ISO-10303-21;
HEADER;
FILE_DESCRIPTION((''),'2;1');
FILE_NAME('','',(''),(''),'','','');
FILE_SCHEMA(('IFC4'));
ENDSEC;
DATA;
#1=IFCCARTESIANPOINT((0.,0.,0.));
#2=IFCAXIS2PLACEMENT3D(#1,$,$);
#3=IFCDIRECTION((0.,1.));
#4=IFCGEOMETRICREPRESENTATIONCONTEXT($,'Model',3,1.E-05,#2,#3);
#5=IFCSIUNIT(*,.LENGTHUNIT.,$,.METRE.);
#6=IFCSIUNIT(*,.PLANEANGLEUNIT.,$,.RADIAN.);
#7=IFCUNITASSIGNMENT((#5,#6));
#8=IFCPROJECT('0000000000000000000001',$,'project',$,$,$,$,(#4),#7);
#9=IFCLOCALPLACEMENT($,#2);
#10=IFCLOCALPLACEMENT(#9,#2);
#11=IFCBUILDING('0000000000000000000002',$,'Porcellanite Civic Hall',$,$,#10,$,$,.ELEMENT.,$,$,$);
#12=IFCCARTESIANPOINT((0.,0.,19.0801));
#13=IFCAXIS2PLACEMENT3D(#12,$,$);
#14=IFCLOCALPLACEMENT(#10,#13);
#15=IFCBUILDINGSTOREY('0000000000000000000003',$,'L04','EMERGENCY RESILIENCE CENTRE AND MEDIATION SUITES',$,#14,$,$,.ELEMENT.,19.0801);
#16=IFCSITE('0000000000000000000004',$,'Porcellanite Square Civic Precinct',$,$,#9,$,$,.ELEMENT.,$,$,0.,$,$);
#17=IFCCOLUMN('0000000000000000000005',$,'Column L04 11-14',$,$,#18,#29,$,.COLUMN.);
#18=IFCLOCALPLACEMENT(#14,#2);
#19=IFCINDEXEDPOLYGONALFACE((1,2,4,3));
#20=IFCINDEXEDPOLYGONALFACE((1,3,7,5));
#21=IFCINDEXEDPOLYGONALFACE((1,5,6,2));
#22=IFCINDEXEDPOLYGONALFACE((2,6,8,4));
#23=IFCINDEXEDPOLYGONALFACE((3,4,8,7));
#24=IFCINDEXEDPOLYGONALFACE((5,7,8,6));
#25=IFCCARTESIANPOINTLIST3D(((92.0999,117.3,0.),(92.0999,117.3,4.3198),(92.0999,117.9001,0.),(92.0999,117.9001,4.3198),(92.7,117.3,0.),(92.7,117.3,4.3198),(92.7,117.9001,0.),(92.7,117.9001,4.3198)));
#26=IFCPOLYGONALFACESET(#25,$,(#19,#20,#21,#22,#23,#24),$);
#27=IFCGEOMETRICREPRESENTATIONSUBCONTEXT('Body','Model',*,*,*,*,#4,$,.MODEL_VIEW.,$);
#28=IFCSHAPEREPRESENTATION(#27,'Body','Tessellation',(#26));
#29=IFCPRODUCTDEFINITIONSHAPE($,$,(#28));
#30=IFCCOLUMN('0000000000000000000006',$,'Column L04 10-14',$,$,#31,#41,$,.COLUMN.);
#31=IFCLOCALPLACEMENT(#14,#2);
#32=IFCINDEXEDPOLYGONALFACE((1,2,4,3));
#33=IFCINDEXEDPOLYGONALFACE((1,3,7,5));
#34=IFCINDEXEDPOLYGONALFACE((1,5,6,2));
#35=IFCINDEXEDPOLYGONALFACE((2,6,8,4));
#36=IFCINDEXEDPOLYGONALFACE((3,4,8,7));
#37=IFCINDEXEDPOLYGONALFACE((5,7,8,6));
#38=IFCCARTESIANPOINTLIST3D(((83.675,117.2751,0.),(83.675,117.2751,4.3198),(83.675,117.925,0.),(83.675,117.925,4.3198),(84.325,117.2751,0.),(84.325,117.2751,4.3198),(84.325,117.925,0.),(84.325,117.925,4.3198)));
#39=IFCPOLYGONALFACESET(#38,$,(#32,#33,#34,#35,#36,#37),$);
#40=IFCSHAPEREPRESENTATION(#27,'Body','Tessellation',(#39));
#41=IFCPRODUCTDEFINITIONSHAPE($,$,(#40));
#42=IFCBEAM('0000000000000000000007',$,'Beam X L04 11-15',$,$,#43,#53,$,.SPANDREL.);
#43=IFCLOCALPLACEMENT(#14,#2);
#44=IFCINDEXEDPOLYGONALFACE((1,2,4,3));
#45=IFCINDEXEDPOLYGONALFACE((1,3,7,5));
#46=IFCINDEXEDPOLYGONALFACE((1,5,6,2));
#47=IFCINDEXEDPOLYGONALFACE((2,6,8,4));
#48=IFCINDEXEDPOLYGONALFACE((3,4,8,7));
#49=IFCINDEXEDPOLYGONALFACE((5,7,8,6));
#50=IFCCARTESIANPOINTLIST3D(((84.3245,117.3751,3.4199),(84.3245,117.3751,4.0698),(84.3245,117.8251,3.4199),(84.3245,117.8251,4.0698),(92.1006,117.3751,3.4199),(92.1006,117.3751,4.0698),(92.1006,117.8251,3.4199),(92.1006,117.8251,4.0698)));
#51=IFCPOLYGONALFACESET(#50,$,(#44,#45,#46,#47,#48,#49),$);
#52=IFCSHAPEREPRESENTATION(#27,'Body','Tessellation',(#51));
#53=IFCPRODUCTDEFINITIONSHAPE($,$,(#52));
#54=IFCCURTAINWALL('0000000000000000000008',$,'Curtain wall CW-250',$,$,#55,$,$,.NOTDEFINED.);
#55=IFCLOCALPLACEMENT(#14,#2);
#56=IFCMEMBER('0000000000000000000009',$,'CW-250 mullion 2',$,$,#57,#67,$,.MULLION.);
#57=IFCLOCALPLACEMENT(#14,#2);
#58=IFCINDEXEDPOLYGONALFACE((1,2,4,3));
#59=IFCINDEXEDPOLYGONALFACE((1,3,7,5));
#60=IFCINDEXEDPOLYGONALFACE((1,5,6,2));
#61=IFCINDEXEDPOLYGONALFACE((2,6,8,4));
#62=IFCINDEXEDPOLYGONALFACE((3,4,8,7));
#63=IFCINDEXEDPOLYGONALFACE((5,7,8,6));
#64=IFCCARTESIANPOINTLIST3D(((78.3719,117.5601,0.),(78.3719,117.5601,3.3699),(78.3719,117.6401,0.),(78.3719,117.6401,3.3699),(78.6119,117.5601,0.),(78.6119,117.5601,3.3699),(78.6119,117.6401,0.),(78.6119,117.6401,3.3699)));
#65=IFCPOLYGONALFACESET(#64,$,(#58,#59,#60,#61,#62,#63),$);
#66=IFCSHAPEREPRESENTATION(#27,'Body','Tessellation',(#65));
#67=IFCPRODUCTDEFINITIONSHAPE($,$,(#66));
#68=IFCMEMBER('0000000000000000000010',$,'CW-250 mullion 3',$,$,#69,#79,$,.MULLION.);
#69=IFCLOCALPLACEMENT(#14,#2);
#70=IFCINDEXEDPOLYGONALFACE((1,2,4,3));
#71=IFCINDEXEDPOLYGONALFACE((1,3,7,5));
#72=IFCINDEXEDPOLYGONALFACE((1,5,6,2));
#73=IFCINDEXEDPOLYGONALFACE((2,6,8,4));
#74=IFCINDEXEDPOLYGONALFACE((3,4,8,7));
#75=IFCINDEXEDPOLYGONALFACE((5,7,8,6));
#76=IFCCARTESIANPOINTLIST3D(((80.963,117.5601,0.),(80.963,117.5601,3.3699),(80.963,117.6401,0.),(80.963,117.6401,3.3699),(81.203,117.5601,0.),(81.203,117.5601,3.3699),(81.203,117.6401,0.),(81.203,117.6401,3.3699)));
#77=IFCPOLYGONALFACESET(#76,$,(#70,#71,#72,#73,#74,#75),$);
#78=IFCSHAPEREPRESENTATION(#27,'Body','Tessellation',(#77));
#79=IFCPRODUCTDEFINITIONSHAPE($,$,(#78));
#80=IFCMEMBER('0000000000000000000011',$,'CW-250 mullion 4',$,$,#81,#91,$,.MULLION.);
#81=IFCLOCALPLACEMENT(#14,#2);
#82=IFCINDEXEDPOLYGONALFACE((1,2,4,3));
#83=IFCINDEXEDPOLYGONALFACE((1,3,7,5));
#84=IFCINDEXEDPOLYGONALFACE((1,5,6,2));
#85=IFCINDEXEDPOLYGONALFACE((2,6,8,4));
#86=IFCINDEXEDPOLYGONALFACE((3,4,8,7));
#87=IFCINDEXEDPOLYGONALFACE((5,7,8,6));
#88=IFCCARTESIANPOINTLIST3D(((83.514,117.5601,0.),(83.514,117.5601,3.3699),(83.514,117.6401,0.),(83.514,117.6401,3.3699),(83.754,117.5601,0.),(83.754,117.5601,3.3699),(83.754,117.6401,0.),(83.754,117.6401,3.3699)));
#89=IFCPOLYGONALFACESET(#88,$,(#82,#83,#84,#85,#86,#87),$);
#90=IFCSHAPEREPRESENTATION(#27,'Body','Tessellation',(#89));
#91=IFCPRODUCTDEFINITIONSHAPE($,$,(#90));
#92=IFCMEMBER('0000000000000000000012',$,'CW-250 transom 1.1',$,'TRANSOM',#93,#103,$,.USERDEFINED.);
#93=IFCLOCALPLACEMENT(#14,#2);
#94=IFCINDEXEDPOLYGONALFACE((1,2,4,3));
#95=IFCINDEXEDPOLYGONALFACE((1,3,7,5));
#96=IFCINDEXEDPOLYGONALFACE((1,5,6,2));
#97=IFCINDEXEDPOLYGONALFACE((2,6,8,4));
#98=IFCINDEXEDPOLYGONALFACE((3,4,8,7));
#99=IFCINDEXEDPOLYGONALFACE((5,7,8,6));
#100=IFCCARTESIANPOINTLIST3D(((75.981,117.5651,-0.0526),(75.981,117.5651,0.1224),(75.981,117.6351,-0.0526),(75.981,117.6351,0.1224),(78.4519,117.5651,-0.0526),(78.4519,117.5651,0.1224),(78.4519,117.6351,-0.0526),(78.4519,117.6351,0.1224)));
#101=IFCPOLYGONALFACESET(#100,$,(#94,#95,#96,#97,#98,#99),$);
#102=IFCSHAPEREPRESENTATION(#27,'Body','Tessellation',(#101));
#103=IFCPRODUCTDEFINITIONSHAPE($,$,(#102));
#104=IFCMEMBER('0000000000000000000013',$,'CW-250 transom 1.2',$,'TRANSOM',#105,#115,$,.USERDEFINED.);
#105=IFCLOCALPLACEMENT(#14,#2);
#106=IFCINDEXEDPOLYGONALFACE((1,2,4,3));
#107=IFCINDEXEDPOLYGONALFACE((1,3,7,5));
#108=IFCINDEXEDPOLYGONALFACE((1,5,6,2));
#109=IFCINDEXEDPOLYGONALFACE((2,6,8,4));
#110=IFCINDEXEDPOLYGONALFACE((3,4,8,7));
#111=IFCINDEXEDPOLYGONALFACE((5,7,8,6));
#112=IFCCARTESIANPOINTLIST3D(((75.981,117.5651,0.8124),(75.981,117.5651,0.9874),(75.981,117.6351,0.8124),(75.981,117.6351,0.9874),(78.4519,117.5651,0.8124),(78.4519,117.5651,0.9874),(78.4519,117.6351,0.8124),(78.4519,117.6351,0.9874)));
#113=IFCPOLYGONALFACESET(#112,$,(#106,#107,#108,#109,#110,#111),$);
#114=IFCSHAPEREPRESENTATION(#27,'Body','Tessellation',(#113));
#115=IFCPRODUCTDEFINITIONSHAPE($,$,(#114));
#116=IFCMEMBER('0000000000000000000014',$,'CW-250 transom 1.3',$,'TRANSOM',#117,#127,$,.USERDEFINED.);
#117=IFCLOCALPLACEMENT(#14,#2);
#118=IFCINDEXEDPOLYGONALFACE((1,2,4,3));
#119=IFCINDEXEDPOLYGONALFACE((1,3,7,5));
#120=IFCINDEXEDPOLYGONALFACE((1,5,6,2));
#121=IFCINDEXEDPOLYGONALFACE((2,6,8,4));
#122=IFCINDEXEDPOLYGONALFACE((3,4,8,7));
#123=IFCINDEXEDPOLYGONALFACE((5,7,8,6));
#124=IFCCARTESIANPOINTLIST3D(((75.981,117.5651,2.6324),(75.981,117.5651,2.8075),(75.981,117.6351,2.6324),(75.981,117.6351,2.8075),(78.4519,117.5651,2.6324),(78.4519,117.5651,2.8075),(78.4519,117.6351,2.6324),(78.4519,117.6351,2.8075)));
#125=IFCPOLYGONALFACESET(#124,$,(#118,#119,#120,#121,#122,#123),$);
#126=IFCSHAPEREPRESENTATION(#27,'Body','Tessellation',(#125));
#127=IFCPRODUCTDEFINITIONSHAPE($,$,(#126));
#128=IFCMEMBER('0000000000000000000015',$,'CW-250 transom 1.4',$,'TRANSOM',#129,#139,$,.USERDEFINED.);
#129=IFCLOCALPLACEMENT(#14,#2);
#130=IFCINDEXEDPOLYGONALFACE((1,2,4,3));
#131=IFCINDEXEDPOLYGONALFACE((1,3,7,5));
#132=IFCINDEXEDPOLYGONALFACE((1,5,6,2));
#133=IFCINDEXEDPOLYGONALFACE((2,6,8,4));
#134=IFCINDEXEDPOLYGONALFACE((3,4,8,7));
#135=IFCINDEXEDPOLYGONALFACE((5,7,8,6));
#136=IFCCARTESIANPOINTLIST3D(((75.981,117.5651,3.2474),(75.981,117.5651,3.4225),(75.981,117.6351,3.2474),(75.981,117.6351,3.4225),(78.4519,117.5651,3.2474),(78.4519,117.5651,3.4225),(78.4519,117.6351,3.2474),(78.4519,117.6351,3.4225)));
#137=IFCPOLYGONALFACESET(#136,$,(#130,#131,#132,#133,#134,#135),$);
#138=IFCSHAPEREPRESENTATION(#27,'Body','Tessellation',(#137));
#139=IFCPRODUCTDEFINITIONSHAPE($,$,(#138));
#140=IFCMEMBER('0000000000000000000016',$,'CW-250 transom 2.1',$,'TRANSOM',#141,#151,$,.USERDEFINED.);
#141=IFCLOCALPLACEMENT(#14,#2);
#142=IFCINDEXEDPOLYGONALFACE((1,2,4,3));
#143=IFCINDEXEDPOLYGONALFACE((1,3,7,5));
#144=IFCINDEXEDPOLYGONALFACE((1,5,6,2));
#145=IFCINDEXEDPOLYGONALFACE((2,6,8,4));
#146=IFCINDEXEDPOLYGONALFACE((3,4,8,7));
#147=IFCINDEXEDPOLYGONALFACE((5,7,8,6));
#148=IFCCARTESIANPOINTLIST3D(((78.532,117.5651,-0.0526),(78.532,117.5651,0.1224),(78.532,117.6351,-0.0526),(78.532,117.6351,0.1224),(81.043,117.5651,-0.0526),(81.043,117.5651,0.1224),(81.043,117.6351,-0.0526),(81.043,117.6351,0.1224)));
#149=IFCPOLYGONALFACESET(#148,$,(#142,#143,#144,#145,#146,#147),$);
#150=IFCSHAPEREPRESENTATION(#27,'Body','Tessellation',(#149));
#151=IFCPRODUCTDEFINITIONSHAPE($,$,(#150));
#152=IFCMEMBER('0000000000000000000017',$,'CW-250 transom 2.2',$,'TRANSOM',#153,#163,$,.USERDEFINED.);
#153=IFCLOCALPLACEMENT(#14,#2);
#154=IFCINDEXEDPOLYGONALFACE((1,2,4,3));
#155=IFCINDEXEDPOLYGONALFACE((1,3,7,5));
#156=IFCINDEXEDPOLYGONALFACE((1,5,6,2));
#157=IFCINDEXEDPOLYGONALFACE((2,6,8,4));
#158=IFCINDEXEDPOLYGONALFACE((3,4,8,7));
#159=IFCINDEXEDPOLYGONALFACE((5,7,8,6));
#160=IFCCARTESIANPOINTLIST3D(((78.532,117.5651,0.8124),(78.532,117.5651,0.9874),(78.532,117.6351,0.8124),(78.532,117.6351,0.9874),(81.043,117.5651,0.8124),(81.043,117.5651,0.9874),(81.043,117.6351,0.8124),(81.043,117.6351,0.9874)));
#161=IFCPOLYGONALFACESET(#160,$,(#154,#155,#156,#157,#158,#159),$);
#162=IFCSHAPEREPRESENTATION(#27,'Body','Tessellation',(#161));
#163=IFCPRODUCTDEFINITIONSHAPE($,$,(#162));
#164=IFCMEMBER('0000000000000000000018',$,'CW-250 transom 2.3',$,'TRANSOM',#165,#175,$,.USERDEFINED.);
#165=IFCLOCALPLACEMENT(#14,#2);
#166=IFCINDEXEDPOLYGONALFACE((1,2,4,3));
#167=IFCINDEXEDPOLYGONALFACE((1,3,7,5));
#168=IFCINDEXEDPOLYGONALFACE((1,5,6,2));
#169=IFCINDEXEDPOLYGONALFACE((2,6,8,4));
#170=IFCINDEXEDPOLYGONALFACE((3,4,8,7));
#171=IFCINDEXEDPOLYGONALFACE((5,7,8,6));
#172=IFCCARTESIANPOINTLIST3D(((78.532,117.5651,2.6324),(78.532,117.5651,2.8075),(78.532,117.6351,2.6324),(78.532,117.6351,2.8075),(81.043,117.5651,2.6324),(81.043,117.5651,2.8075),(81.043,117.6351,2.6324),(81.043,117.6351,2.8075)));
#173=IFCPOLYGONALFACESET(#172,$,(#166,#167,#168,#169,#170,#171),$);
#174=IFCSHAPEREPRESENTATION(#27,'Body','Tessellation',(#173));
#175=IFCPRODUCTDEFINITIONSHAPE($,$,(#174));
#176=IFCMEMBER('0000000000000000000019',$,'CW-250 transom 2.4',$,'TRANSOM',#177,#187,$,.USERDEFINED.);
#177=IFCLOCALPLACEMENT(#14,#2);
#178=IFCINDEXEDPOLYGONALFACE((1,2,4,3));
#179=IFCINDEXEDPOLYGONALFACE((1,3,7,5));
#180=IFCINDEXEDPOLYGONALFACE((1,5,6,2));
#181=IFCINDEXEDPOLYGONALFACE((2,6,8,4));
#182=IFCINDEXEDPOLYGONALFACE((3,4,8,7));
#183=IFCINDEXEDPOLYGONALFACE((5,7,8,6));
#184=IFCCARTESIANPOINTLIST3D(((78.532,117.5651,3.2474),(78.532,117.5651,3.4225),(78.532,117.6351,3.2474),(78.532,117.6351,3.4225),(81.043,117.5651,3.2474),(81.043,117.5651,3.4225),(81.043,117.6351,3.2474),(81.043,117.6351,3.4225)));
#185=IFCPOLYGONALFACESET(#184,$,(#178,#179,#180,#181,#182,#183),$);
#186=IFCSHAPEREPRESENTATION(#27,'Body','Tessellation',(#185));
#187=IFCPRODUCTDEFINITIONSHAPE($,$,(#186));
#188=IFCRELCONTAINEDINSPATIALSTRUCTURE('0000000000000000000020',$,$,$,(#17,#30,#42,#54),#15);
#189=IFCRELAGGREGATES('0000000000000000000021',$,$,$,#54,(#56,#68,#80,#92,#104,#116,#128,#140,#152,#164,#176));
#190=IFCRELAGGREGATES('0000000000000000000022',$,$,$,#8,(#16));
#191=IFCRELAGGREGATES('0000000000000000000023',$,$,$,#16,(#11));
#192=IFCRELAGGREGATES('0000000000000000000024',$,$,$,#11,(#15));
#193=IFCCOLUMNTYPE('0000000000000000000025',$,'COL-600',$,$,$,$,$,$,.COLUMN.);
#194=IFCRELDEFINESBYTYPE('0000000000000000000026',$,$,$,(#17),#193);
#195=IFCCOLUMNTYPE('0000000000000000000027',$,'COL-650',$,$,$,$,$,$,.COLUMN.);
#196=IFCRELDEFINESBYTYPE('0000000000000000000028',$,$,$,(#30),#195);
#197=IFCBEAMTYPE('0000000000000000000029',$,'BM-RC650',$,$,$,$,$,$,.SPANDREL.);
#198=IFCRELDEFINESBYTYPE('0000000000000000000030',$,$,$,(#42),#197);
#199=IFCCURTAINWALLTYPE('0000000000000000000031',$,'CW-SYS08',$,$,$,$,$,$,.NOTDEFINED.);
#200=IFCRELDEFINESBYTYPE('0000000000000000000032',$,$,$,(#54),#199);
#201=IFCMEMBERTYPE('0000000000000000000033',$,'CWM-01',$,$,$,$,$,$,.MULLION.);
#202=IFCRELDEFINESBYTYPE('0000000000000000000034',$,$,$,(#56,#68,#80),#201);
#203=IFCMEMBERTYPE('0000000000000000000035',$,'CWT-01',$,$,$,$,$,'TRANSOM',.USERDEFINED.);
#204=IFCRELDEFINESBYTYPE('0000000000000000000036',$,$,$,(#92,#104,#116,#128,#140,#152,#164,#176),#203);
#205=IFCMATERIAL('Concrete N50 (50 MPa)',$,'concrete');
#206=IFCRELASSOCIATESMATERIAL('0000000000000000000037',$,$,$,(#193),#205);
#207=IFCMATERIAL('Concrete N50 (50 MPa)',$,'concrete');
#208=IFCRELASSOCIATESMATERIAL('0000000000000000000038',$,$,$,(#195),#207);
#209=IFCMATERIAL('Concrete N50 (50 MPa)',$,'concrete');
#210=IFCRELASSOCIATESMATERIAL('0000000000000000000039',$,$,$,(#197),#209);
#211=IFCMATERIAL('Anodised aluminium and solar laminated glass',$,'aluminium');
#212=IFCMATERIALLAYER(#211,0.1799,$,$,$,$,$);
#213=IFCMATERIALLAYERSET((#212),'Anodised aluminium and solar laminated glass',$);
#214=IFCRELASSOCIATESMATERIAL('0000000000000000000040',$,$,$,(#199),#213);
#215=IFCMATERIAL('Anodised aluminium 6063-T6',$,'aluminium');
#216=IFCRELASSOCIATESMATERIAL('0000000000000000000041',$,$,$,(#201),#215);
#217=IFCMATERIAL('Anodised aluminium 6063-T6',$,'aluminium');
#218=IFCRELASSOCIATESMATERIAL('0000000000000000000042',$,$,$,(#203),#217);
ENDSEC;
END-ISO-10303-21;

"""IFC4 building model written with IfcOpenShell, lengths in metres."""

from ifc_helpers import new_model, si_unit, direction, frame, origin, origin_2d, place, context, subcontext, project, spatial, rectangle, extrude, material, layer, layer_set, material_profile, profile_set, type_object, element, aggregate, save


model = new_model("IFC4")

# Units and contexts
model_context = context("Model", 3, precision=1e-05, world=origin(), true_north=direction((0.0, 1.0)))
body_context = subcontext(model_context, "Body", "Model", "MODEL_VIEW")
ifc_project = project(units=[si_unit("LENGTHUNIT", "METRE"), si_unit("PLANEANGLEUNIT", "RADIAN")], contexts=[model_context])

# Site, building, storey
site_placement = place(None, origin())
site = spatial("IfcSite", under=ifc_project, at=site_placement, Name="Porcellanite Square Civic Precinct", CompositionType="ELEMENT", RefElevation=0.0)
building_placement = place(site_placement, origin())
building = spatial("IfcBuilding", under=site, at=building_placement, Name="Porcellanite Civic Hall", CompositionType="ELEMENT")
storey_placement = place(building_placement, frame((0.0, 0.0, 19.0801)))
storey = spatial("IfcBuildingStorey", under=building, at=storey_placement, Name="L04", Description="EMERGENCY RESILIENCE CENTRE AND MEDIATION SUITES", CompositionType="ELEMENT", Elevation=19.0801)

# Columns
ifc_material_1 = material(Name="Concrete N50 (50 MPa)", Category="concrete")
ifc_material_profile_1 = material_profile(ifc_material_1, rectangle(XDim=0.6001, YDim=0.6001, at=origin_2d()), Name="RC-600x600")
ifc_profile_set_1 = profile_set([ifc_material_profile_1], Name="Concrete N50 (50 MPa)")
column_type_1 = type_object("IfcColumnType", Name="COL-600", PredefinedType="COLUMN", material=ifc_profile_set_1)
column_1_placement = place(storey_placement, frame((92.3999, 117.6001, 0.0), z_axis=(0.0, 0.0, 1.0), x_axis=(1.0, 0.0, 0.0)))
element("IfcColumn", 1, at=column_1_placement, inside=storey, type_object=column_type_1, Name="Column L04 11-14", PredefinedType="COLUMN", context=body_context, shape_type="SweptSolid", body=[
    extrude(rectangle(XDim=0.6001, YDim=0.6001, at=origin_2d()), origin(), (0.0, 0.0, 1.0), 4.3198),
])
ifc_material_2 = material(Name="Concrete N50 (50 MPa)", Category="concrete")
ifc_material_profile_2 = material_profile(ifc_material_2, rectangle(XDim=0.6499, YDim=0.6499, at=origin_2d()), Name="RC-650x650")
ifc_profile_set_2 = profile_set([ifc_material_profile_2], Name="Concrete N50 (50 MPa)")
column_type_2 = type_object("IfcColumnType", Name="COL-650", PredefinedType="COLUMN", material=ifc_profile_set_2)
column_2_placement = place(storey_placement, frame((84.0, 117.6001, 0.0), z_axis=(0.0, 0.0, 1.0), x_axis=(1.0, 0.0, 0.0)))
element("IfcColumn", 2, at=column_2_placement, inside=storey, type_object=column_type_2, Name="Column L04 10-14", PredefinedType="COLUMN", context=body_context, shape_type="SweptSolid", body=[
    extrude(rectangle(XDim=0.6499, YDim=0.6499, at=origin_2d()), origin(), (0.0, 0.0, 1.0), 4.3198),
])

# Beam
ifc_material_3 = material(Name="Concrete N50 (50 MPa)", Category="concrete")
ifc_material_profile_3 = material_profile(ifc_material_3, rectangle(XDim=0.45, YDim=0.6499, at=origin_2d()), Name="RC-450x650")
ifc_profile_set_3 = profile_set([ifc_material_profile_3], Name="Concrete N50 (50 MPa)")
beam_type = type_object("IfcBeamType", Name="BM-RC650", PredefinedType="SPANDREL", material=ifc_profile_set_3)
beam_placement = place(storey_placement, frame((84.3245, 117.6001, 3.7449), z_axis=(1.0, 0.0, 0.0), x_axis=(0.0, 1.0, 0.0)))
element("IfcBeam", 3, at=beam_placement, inside=storey, type_object=beam_type, Name="Beam X L04 11-15", PredefinedType="SPANDREL", context=body_context, shape_type="SweptSolid", body=[
    extrude(rectangle(XDim=0.45, YDim=0.6499, at=origin_2d()), origin(), (0.0, 0.0, 1.0), 7.7761),
])

# Curtain wall, members
ifc_material_4 = material(Name="Anodised aluminium and solar laminated glass", Category="aluminium")
ifc_layer_1 = layer(ifc_material_4, 0.1799)
ifc_layer_set_1 = layer_set([ifc_layer_1], Name="Anodised aluminium and solar laminated glass")
curtain_wall_type = type_object("IfcCurtainWallType", Name="CW-SYS08", PredefinedType="NOTDEFINED", material=ifc_layer_set_1)
curtain_wall_placement = place(storey_placement, origin())
curtain_wall = element("IfcCurtainWall", 4, at=curtain_wall_placement, inside=storey, type_object=curtain_wall_type, Name="Curtain wall CW-250", PredefinedType="NOTDEFINED")
ifc_material_5 = material(Name="Anodised aluminium 6063-T6", Category="aluminium")
ifc_material_profile_4 = material_profile(ifc_material_5, rectangle(XDim=0.0801, YDim=0.24, at=origin_2d()), Name="AL-80x240")
ifc_profile_set_4 = profile_set([ifc_material_profile_4], Name="Anodised aluminium 6063-T6")
member_type_1 = type_object("IfcMemberType", Name="CWM-01", PredefinedType="MULLION", material=ifc_profile_set_4)
member_1_placement = place(storey_placement, frame((78.4919, 117.6001, 0.0), z_axis=(0.0, 0.0, 1.0), x_axis=(0.0, 1.0, 0.0)))
member_1 = element("IfcMember", 5, at=member_1_placement, type_object=member_type_1, Name="CW-250 mullion 2", PredefinedType="MULLION", context=body_context, shape_type="SweptSolid", body=[
    extrude(rectangle(XDim=0.0801, YDim=0.24, at=origin_2d()), origin(), (0.0, 0.0, 1.0), 3.3699),
])
member_2_placement = place(storey_placement, frame((81.083, 117.6001, 0.0), z_axis=(0.0, 0.0, 1.0), x_axis=(0.0, 1.0, 0.0)))
member_2 = element("IfcMember", 6, at=member_2_placement, type_object=member_type_1, Name="CW-250 mullion 3", PredefinedType="MULLION", context=body_context, shape_type="SweptSolid", body=[
    extrude(rectangle(XDim=0.0801, YDim=0.24, at=origin_2d()), origin(), (0.0, 0.0, 1.0), 3.3699),
])
member_3_placement = place(storey_placement, frame((83.634, 117.6001, 0.0), z_axis=(0.0, 0.0, 1.0), x_axis=(0.0, 1.0, 0.0)))
member_3 = element("IfcMember", 7, at=member_3_placement, type_object=member_type_1, Name="CW-250 mullion 4", PredefinedType="MULLION", context=body_context, shape_type="SweptSolid", body=[
    extrude(rectangle(XDim=0.0801, YDim=0.24, at=origin_2d()), origin(), (0.0, 0.0, 1.0), 3.3699),
])
ifc_material_6 = material(Name="Anodised aluminium 6063-T6", Category="aluminium")
ifc_material_profile_5 = material_profile(ifc_material_6, rectangle(XDim=0.0701, YDim=0.175, at=origin_2d()), Name="AL-70x175")
ifc_profile_set_5 = profile_set([ifc_material_profile_5], Name="Anodised aluminium 6063-T6")
member_type_2 = type_object("IfcMemberType", Name="CWT-01", ElementType="TRANSOM", PredefinedType="USERDEFINED", material=ifc_profile_set_5)
member_4_placement = place(storey_placement, frame((75.981, 117.6001, 0.0349), z_axis=(1.0, 0.0, 0.0), x_axis=(0.0, 1.0, 0.0)))
member_4 = element("IfcMember", 8, at=member_4_placement, type_object=member_type_2, Name="CW-250 transom 1.1", ObjectType="TRANSOM", PredefinedType="USERDEFINED", context=body_context, shape_type="SweptSolid", body=[
    extrude(rectangle(XDim=0.0701, YDim=0.175, at=origin_2d()), origin(), (0.0, 0.0, 1.0), 2.4709),
])
member_5_placement = place(storey_placement, frame((75.981, 117.6001, 0.8999), z_axis=(1.0, 0.0, 0.0), x_axis=(0.0, 1.0, 0.0)))
member_5 = element("IfcMember", 9, at=member_5_placement, type_object=member_type_2, Name="CW-250 transom 1.2", ObjectType="TRANSOM", PredefinedType="USERDEFINED", context=body_context, shape_type="SweptSolid", body=[
    extrude(rectangle(XDim=0.0701, YDim=0.175, at=origin_2d()), origin(), (0.0, 0.0, 1.0), 2.4709),
])
member_6_placement = place(storey_placement, frame((75.981, 117.6001, 2.72), z_axis=(1.0, 0.0, 0.0), x_axis=(0.0, 1.0, 0.0)))
member_6 = element("IfcMember", 10, at=member_6_placement, type_object=member_type_2, Name="CW-250 transom 1.3", ObjectType="TRANSOM", PredefinedType="USERDEFINED", context=body_context, shape_type="SweptSolid", body=[
    extrude(rectangle(XDim=0.0701, YDim=0.175, at=origin_2d()), origin(), (0.0, 0.0, 1.0), 2.4709),
])
member_7_placement = place(storey_placement, frame((75.981, 117.6001, 3.335), z_axis=(1.0, 0.0, 0.0), x_axis=(0.0, 1.0, 0.0)))
member_7 = element("IfcMember", 11, at=member_7_placement, type_object=member_type_2, Name="CW-250 transom 1.4", ObjectType="TRANSOM", PredefinedType="USERDEFINED", context=body_context, shape_type="SweptSolid", body=[
    extrude(rectangle(XDim=0.0701, YDim=0.175, at=origin_2d()), origin(), (0.0, 0.0, 1.0), 2.4709),
])
member_8_placement = place(storey_placement, frame((78.532, 117.6001, 0.0349), z_axis=(1.0, 0.0, 0.0), x_axis=(0.0, 1.0, 0.0)))
member_8 = element("IfcMember", 12, at=member_8_placement, type_object=member_type_2, Name="CW-250 transom 2.1", ObjectType="TRANSOM", PredefinedType="USERDEFINED", context=body_context, shape_type="SweptSolid", body=[
    extrude(rectangle(XDim=0.0701, YDim=0.175, at=origin_2d()), origin(), (0.0, 0.0, 1.0), 2.511),
])
member_9_placement = place(storey_placement, frame((78.532, 117.6001, 0.8999), z_axis=(1.0, 0.0, 0.0), x_axis=(0.0, 1.0, 0.0)))
member_9 = element("IfcMember", 13, at=member_9_placement, type_object=member_type_2, Name="CW-250 transom 2.2", ObjectType="TRANSOM", PredefinedType="USERDEFINED", context=body_context, shape_type="SweptSolid", body=[
    extrude(rectangle(XDim=0.0701, YDim=0.175, at=origin_2d()), origin(), (0.0, 0.0, 1.0), 2.511),
])
member_10_placement = place(storey_placement, frame((78.532, 117.6001, 2.72), z_axis=(1.0, 0.0, 0.0), x_axis=(0.0, 1.0, 0.0)))
member_10 = element("IfcMember", 14, at=member_10_placement, type_object=member_type_2, Name="CW-250 transom 2.3", ObjectType="TRANSOM", PredefinedType="USERDEFINED", context=body_context, shape_type="SweptSolid", body=[
    extrude(rectangle(XDim=0.0701, YDim=0.175, at=origin_2d()), origin(), (0.0, 0.0, 1.0), 2.511),
])
member_11_placement = place(storey_placement, frame((78.532, 117.6001, 3.335), z_axis=(1.0, 0.0, 0.0), x_axis=(0.0, 1.0, 0.0)))
member_11 = element("IfcMember", 15, at=member_11_placement, type_object=member_type_2, Name="CW-250 transom 2.4", ObjectType="TRANSOM", PredefinedType="USERDEFINED", context=body_context, shape_type="SweptSolid", body=[
    extrude(rectangle(XDim=0.0701, YDim=0.175, at=origin_2d()), origin(), (0.0, 0.0, 1.0), 2.511),
])
aggregate(curtain_wall, [member_1, member_2, member_3, member_4, member_5, member_6, member_7, member_8, member_9, member_10, member_11])

save(model, "model.ifc")
